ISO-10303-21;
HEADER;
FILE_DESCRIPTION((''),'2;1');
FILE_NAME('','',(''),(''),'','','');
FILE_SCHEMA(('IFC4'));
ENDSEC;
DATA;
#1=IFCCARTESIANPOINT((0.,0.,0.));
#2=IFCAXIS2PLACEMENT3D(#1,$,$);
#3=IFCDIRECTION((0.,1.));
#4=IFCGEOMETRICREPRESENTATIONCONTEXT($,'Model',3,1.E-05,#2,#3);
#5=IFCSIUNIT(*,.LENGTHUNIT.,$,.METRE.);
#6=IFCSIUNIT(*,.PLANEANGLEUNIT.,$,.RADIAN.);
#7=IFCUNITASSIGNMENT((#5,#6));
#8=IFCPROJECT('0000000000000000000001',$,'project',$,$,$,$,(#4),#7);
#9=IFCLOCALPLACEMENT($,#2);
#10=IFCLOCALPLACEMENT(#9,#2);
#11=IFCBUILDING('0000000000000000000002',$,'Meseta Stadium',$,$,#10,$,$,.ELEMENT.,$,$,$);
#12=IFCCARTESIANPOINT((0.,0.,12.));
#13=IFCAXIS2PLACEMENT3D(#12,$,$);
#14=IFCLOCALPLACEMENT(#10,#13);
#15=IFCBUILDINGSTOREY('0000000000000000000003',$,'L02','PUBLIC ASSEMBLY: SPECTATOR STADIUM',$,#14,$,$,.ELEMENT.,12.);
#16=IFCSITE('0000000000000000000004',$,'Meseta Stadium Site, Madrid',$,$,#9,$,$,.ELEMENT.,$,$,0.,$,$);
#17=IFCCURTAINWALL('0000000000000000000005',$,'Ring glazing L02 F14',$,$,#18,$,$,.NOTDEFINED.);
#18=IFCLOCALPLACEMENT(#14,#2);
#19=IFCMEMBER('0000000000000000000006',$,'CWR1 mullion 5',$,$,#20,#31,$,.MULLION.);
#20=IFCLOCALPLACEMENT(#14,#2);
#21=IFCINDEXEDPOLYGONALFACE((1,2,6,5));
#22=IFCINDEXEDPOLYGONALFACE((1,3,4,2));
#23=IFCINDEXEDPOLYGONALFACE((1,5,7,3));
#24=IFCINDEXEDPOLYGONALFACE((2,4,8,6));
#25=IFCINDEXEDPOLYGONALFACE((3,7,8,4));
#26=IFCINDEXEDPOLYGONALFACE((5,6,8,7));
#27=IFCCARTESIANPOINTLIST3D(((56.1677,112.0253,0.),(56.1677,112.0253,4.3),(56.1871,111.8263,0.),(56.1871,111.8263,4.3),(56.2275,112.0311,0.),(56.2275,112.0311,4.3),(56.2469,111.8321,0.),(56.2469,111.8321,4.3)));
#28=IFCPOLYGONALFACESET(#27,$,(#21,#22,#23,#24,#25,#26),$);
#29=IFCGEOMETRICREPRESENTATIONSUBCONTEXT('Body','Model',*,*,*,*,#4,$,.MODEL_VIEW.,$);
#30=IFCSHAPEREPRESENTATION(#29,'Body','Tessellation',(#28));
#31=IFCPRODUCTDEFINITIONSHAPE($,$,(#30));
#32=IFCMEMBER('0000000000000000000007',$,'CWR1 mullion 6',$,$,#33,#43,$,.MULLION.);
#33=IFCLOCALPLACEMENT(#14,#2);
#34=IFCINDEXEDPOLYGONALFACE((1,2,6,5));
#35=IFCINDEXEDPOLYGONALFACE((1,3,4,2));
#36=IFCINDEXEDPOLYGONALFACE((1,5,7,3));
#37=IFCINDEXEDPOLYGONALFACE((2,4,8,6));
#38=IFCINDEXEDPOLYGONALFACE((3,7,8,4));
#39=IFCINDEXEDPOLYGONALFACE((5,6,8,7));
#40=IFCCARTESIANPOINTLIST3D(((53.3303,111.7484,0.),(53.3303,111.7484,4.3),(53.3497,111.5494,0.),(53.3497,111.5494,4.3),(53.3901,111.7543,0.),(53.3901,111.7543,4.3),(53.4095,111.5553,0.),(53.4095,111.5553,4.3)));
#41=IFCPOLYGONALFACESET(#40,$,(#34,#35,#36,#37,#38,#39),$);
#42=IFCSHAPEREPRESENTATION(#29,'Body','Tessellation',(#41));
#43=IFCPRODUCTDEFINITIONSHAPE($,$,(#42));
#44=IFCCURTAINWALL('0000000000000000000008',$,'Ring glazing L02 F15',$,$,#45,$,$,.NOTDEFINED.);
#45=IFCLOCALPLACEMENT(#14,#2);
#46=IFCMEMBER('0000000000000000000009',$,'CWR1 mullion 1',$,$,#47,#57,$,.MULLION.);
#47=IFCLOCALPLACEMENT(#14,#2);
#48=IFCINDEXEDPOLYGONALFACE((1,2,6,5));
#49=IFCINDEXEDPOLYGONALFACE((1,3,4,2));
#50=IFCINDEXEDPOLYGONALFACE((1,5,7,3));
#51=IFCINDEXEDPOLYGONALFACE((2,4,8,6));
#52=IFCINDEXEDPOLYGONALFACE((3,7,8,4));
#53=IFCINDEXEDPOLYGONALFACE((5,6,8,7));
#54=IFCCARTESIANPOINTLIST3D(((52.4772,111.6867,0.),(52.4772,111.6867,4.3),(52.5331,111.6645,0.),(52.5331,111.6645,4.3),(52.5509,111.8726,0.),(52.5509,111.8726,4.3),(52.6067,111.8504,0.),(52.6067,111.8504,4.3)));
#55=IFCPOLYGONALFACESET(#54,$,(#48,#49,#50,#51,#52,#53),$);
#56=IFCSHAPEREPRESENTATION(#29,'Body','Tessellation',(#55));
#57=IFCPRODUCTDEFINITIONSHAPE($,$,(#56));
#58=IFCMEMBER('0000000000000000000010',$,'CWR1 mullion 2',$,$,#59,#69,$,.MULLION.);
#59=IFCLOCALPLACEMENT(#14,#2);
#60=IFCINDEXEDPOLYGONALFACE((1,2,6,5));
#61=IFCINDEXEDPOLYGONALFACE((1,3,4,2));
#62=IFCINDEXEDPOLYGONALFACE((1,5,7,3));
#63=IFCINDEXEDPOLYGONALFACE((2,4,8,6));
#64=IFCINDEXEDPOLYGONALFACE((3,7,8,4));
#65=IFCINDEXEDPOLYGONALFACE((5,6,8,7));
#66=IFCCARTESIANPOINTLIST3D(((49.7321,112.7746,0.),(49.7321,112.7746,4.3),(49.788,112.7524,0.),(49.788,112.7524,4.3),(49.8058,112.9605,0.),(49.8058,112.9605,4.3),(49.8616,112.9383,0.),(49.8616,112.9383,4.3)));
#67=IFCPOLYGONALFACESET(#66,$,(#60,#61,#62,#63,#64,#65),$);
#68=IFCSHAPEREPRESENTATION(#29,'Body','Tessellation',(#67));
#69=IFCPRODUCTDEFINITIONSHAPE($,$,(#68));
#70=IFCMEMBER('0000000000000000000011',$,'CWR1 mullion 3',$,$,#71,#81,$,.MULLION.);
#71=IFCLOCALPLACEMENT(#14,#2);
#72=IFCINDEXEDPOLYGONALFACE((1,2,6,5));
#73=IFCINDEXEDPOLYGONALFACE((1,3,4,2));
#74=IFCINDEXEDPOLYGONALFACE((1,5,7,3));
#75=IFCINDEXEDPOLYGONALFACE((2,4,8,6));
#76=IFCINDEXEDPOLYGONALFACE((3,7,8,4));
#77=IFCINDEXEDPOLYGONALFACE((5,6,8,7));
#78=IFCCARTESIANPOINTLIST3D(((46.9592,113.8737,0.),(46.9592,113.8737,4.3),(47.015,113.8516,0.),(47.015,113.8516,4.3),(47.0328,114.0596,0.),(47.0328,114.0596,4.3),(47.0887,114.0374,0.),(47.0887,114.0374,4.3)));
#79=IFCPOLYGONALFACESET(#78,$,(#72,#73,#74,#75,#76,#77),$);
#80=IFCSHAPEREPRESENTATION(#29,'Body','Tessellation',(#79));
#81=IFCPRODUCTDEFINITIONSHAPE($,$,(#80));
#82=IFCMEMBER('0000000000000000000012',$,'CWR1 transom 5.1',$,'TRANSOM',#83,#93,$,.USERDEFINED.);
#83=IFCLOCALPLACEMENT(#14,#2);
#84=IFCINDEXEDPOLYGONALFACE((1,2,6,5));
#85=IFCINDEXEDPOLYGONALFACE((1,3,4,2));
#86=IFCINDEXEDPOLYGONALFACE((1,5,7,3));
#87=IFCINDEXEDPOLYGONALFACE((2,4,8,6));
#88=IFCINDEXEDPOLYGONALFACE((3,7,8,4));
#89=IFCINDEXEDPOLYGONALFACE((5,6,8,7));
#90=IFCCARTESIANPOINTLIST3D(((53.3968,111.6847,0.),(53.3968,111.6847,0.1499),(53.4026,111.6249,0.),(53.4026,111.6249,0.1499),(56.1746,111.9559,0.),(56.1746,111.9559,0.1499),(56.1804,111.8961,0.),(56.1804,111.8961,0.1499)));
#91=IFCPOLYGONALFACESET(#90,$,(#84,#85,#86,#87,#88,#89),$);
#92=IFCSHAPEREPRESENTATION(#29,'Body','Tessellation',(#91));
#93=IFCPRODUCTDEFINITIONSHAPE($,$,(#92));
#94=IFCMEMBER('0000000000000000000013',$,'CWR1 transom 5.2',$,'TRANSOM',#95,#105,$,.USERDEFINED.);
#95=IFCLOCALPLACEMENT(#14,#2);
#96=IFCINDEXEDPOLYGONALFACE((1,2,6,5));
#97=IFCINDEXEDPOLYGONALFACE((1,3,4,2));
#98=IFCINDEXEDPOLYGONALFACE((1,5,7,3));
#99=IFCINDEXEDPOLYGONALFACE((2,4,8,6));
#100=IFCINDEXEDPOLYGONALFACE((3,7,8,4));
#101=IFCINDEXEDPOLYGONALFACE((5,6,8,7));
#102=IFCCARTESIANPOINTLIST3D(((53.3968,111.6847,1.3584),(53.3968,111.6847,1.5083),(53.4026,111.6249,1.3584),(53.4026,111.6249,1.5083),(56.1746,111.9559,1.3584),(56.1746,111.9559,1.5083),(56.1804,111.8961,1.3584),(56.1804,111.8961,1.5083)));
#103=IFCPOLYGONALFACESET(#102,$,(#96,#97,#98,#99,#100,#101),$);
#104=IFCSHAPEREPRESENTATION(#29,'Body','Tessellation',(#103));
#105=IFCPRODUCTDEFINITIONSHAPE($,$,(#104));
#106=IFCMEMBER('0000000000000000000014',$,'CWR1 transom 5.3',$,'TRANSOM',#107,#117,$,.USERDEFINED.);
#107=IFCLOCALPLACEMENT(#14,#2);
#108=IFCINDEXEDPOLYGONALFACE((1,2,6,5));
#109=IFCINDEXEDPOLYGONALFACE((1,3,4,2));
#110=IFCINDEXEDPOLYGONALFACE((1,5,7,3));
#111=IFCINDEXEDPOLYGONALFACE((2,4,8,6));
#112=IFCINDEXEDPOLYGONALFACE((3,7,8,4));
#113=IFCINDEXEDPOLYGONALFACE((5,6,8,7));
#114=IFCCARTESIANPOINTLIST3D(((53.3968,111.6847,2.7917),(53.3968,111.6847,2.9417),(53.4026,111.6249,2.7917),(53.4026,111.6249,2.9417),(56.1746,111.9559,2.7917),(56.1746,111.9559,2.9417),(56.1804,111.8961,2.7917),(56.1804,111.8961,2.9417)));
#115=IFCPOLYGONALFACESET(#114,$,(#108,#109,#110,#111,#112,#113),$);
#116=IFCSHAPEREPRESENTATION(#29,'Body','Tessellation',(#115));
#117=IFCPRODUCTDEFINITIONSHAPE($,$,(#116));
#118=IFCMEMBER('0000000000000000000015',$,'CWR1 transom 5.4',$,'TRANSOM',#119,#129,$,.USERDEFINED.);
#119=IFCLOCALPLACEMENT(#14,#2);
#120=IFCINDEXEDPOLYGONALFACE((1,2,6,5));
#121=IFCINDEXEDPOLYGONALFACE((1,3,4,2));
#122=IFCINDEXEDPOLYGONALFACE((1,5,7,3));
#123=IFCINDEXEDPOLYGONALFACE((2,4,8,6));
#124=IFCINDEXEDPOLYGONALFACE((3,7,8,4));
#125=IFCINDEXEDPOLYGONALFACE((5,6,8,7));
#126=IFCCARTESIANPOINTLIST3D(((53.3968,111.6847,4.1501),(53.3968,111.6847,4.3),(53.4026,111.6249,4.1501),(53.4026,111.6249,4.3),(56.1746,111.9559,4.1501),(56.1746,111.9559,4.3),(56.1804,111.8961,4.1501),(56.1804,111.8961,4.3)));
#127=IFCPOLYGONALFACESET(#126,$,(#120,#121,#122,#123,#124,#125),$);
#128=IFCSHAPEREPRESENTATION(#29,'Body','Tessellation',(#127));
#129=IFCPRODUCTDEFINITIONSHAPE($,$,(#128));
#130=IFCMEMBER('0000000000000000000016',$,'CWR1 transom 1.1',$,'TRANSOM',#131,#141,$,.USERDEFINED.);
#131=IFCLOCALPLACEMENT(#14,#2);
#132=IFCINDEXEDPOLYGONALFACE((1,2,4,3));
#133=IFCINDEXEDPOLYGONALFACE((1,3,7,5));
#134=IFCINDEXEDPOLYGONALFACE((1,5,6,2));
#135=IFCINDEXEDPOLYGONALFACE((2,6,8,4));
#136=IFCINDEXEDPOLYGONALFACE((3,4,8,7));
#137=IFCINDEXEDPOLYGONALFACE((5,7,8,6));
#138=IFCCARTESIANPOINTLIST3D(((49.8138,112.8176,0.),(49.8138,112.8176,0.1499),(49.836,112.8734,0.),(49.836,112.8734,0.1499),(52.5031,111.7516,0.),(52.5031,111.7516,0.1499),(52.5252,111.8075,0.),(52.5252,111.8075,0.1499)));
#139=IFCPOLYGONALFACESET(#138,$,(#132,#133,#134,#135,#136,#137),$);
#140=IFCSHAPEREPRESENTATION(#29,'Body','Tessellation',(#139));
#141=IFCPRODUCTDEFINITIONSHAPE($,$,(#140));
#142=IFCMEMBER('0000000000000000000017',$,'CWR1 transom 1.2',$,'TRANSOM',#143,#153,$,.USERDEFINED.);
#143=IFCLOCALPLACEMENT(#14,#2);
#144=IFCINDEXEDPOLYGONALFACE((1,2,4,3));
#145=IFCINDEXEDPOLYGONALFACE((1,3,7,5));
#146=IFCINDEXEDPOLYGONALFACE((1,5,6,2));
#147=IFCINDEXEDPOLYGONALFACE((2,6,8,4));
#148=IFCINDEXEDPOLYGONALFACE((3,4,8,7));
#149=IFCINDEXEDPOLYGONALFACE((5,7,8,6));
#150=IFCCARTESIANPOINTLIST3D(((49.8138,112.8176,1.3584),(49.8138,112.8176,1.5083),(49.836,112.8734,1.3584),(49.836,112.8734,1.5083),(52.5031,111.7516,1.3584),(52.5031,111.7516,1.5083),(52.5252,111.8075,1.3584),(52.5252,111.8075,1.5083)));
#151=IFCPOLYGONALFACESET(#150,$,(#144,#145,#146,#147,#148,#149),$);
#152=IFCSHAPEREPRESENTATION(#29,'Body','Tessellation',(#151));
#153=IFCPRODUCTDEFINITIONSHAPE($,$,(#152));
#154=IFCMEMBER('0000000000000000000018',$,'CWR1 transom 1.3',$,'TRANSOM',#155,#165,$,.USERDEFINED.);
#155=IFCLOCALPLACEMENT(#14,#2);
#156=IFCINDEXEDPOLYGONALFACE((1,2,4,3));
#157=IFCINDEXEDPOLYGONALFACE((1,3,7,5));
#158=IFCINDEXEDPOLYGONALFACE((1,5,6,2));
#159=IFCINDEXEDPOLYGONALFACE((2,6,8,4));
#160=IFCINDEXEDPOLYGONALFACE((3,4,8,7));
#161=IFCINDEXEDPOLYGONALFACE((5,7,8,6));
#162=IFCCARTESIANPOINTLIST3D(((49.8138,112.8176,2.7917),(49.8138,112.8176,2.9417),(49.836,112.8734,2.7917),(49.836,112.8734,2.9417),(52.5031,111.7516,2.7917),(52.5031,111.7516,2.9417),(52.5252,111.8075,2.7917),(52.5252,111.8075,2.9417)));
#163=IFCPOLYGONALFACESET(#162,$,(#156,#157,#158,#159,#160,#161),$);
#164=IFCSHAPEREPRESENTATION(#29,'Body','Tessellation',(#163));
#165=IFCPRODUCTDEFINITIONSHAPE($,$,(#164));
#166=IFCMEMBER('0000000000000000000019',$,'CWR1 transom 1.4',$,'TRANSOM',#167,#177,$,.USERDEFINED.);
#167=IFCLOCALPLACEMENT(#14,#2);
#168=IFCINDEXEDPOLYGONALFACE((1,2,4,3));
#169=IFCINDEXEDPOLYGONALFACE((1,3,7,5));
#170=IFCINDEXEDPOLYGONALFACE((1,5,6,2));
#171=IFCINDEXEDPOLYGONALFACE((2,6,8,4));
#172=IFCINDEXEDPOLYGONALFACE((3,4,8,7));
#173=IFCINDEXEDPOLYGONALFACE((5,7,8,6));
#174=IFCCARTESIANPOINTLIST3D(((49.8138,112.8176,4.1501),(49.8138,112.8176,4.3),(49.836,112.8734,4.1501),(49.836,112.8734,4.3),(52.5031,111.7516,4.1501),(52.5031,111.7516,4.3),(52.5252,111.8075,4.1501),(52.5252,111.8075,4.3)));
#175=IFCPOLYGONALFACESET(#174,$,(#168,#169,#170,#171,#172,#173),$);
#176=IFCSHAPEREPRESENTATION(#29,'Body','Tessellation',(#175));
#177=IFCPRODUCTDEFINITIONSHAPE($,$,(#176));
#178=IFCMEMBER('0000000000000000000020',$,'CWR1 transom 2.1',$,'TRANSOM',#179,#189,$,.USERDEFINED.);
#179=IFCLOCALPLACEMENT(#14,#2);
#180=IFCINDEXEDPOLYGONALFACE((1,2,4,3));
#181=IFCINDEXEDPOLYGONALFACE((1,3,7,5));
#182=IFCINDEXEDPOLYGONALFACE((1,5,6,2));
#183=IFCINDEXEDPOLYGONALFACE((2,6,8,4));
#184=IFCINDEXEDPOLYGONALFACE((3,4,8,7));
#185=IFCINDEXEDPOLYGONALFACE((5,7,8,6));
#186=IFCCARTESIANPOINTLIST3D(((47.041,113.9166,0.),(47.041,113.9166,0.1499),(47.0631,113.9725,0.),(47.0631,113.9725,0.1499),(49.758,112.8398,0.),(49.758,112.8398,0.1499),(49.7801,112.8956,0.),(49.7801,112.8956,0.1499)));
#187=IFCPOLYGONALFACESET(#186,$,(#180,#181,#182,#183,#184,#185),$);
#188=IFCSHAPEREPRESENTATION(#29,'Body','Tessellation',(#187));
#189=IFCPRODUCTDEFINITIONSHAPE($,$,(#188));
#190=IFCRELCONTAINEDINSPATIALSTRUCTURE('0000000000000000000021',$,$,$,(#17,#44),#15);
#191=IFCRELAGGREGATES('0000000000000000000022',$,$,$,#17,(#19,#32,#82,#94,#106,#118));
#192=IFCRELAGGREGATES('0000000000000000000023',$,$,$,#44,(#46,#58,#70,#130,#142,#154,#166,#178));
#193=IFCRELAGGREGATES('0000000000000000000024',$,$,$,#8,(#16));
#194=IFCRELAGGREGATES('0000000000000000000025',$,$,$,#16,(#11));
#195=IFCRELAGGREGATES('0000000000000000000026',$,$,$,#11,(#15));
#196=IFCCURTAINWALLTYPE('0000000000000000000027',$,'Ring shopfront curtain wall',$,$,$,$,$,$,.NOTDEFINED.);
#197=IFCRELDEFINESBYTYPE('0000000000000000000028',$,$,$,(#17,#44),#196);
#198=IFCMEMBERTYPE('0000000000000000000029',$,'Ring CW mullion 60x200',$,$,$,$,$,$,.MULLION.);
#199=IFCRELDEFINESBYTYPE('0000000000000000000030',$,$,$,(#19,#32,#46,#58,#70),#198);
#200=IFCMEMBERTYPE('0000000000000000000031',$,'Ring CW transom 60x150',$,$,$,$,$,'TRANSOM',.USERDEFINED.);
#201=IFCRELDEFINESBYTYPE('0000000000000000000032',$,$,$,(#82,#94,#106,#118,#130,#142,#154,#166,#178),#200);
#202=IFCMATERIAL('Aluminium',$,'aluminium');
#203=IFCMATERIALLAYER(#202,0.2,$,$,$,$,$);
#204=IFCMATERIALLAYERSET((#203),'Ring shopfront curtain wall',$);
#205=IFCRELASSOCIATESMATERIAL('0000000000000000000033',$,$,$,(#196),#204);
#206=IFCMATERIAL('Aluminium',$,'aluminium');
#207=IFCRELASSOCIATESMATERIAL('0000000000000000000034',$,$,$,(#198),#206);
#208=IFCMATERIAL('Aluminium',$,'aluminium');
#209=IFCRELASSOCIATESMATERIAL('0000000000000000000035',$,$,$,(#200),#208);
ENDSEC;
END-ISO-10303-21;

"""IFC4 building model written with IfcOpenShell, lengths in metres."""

from ifc_helpers import new_model, si_unit, direction, frame, origin, origin_2d, place, context, subcontext, project, spatial, rectangle, extrude, material, layer, layer_set, material_profile, profile_set, type_object, element, aggregate, save


model = new_model("IFC4")

# Units and contexts
model_context = context("Model", 3, precision=1e-05, world=origin(), true_north=direction((0.0, 1.0)))
body_context = subcontext(model_context, "Body", "Model", "MODEL_VIEW")
ifc_project = project(units=[si_unit("LENGTHUNIT", "METRE"), si_unit("PLANEANGLEUNIT", "RADIAN")], contexts=[model_context])

# Site, building, storey
site_placement = place(None, origin())
site = spatial("IfcSite", under=ifc_project, at=site_placement, Name="Meseta Stadium Site, Madrid", CompositionType="ELEMENT", RefElevation=0.0)
building_placement = place(site_placement, origin())
building = spatial("IfcBuilding", under=site, at=building_placement, Name="Meseta Stadium", CompositionType="ELEMENT")
storey_placement = place(building_placement, frame((0.0, 0.0, 12.0)))
storey = spatial("IfcBuildingStorey", under=building, at=storey_placement, Name="L02", Description="PUBLIC ASSEMBLY: SPECTATOR STADIUM", CompositionType="ELEMENT", Elevation=12.0)

# Curtain walls, members
ifc_material_1 = material(Name="Aluminium", Category="aluminium")
ifc_layer_1 = layer(ifc_material_1, 0.2)
ifc_layer_set_1 = layer_set([ifc_layer_1], Name="Ring shopfront curtain wall")
curtain_wall_type = type_object("IfcCurtainWallType", Name="Ring shopfront curtain wall", PredefinedType="NOTDEFINED", material=ifc_layer_set_1)
curtain_wall_1_placement = place(storey_placement, origin())
curtain_wall_1 = element("IfcCurtainWall", 1, at=curtain_wall_1_placement, inside=storey, type_object=curtain_wall_type, Name="Ring glazing L02 F14", PredefinedType="NOTDEFINED")
ifc_material_2 = material(Name="Aluminium", Category="aluminium")
ifc_material_profile_1 = material_profile(ifc_material_2, rectangle(XDim=0.2, YDim=0.0601, at=origin_2d()), Name="CW 200x60")
ifc_profile_set_1 = profile_set([ifc_material_profile_1], Name="Aluminium")
member_type_1 = type_object("IfcMemberType", Name="Ring CW mullion 60x200", PredefinedType="MULLION", material=ifc_profile_set_1)
member_1_placement = place(storey_placement, frame((56.2073, 111.9287, 0.0), z_axis=(0.0, 0.0, 1.0), x_axis=(0.097125, -0.995272, 0.0)))
member_1 = element("IfcMember", 2, at=member_1_placement, type_object=member_type_1, Name="CWR1 mullion 5", PredefinedType="MULLION", context=body_context, shape_type="SweptSolid", body=[
    extrude(rectangle(XDim=0.2, YDim=0.0601, at=origin_2d()), origin(), (0.0, 0.0, 1.0), 4.3),
])
member_2_placement = place(storey_placement, frame((53.3699, 111.6519, 0.0), z_axis=(0.0, 0.0, 1.0), x_axis=(0.097125, -0.995272, 0.0)))
member_2 = element("IfcMember", 3, at=member_2_placement, type_object=member_type_1, Name="CWR1 mullion 6", PredefinedType="MULLION", context=body_context, shape_type="SweptSolid", body=[
    extrude(rectangle(XDim=0.2, YDim=0.0601, at=origin_2d()), origin(), (0.0, 0.0, 1.0), 4.3),
])
curtain_wall_2_placement = place(storey_placement, origin())
curtain_wall_2 = element("IfcCurtainWall", 4, at=curtain_wall_2_placement, inside=storey, type_object=curtain_wall_type, Name="Ring glazing L02 F15", PredefinedType="NOTDEFINED")
member_3_placement = place(storey_placement, frame((52.542, 111.7686, 0.0), z_axis=(0.0, 0.0, 1.0), x_axis=(-0.368454, -0.929646, 0.0)))
member_3 = element("IfcMember", 5, at=member_3_placement, type_object=member_type_1, Name="CWR1 mullion 1", PredefinedType="MULLION", context=body_context, shape_type="SweptSolid", body=[
    extrude(rectangle(XDim=0.2, YDim=0.0601, at=origin_2d()), origin(), (0.0, 0.0, 1.0), 4.3),
])
member_4_placement = place(storey_placement, frame((49.7969, 112.8564, 0.0), z_axis=(0.0, 0.0, 1.0), x_axis=(-0.368454, -0.929646, 0.0)))
member_4 = element("IfcMember", 6, at=member_4_placement, type_object=member_type_1, Name="CWR1 mullion 2", PredefinedType="MULLION", context=body_context, shape_type="SweptSolid", body=[
    extrude(rectangle(XDim=0.2, YDim=0.0601, at=origin_2d()), origin(), (0.0, 0.0, 1.0), 4.3),
])
member_5_placement = place(storey_placement, frame((47.0239, 113.9556, 0.0), z_axis=(0.0, 0.0, 1.0), x_axis=(-0.368454, -0.929646, 0.0)))
member_5 = element("IfcMember", 7, at=member_5_placement, type_object=member_type_1, Name="CWR1 mullion 3", PredefinedType="MULLION", context=body_context, shape_type="SweptSolid", body=[
    extrude(rectangle(XDim=0.2, YDim=0.0601, at=origin_2d()), origin(), (0.0, 0.0, 1.0), 4.3),
])

# Members
ifc_material_3 = material(Name="Aluminium", Category="aluminium")
ifc_material_profile_2 = material_profile(ifc_material_3, rectangle(XDim=0.0601, YDim=0.1499, at=origin_2d()), Name="CW 60x150")
ifc_profile_set_2 = profile_set([ifc_material_profile_2], Name="Aluminium")
member_type_2 = type_object("IfcMemberType", Name="Ring CW transom 60x150", ElementType="TRANSOM", PredefinedType="USERDEFINED", material=ifc_profile_set_2)
member_6_placement = place(storey_placement, frame((56.1775, 111.926, 0.075), z_axis=(-0.995267, -0.097182, 0.0), x_axis=(0.097182, -0.995267, 0.0)))
member_6 = element("IfcMember", 8, at=member_6_placement, type_object=member_type_2, Name="CWR1 transom 5.1", ObjectType="TRANSOM", PredefinedType="USERDEFINED", context=body_context, shape_type="SweptSolid", body=[
    extrude(rectangle(XDim=0.0601, YDim=0.1499, at=origin_2d()), origin(), (0.0, 0.0, 1.0), 2.791),
])
member_7_placement = place(storey_placement, frame((56.1775, 111.926, 1.4333), z_axis=(-0.995267, -0.097182, 0.0), x_axis=(0.097182, -0.995267, 0.0)))
member_7 = element("IfcMember", 9, at=member_7_placement, type_object=member_type_2, Name="CWR1 transom 5.2", ObjectType="TRANSOM", PredefinedType="USERDEFINED", context=body_context, shape_type="SweptSolid", body=[
    extrude(rectangle(XDim=0.0601, YDim=0.1499, at=origin_2d()), origin(), (0.0, 0.0, 1.0), 2.791),
])
member_8_placement = place(storey_placement, frame((56.1775, 111.926, 2.8667), z_axis=(-0.995267, -0.097182, 0.0), x_axis=(0.097182, -0.995267, 0.0)))
member_8 = element("IfcMember", 10, at=member_8_placement, type_object=member_type_2, Name="CWR1 transom 5.3", ObjectType="TRANSOM", PredefinedType="USERDEFINED", context=body_context, shape_type="SweptSolid", body=[
    extrude(rectangle(XDim=0.0601, YDim=0.1499, at=origin_2d()), origin(), (0.0, 0.0, 1.0), 2.791),
])
member_9_placement = place(storey_placement, frame((56.1775, 111.926, 4.2251), z_axis=(-0.995267, -0.097182, 0.0), x_axis=(0.097182, -0.995267, 0.0)))
member_9 = element("IfcMember", 11, at=member_9_placement, type_object=member_type_2, Name="CWR1 transom 5.4", ObjectType="TRANSOM", PredefinedType="USERDEFINED", context=body_context, shape_type="SweptSolid", body=[
    extrude(rectangle(XDim=0.0601, YDim=0.1499, at=origin_2d()), origin(), (0.0, 0.0, 1.0), 2.791),
])
member_10_placement = place(storey_placement, frame((52.5142, 111.7795, 0.075), z_axis=(-0.929636, 0.368479, 0.0), x_axis=(-0.368479, -0.929636, 0.0)))
member_10 = element("IfcMember", 12, at=member_10_placement, type_object=member_type_2, Name="CWR1 transom 1.1", ObjectType="TRANSOM", PredefinedType="USERDEFINED", context=body_context, shape_type="SweptSolid", body=[
    extrude(rectangle(XDim=0.0601, YDim=0.1499, at=origin_2d()), origin(), (0.0, 0.0, 1.0), 2.8928),
])
member_11_placement = place(storey_placement, frame((52.5142, 111.7795, 1.4333), z_axis=(-0.929636, 0.368479, 0.0), x_axis=(-0.368479, -0.929636, 0.0)))
member_11 = element("IfcMember", 13, at=member_11_placement, type_object=member_type_2, Name="CWR1 transom 1.2", ObjectType="TRANSOM", PredefinedType="USERDEFINED", context=body_context, shape_type="SweptSolid", body=[
    extrude(rectangle(XDim=0.0601, YDim=0.1499, at=origin_2d()), origin(), (0.0, 0.0, 1.0), 2.8928),
])
member_12_placement = place(storey_placement, frame((52.5142, 111.7795, 2.8667), z_axis=(-0.929636, 0.368479, 0.0), x_axis=(-0.368479, -0.929636, 0.0)))
member_12 = element("IfcMember", 14, at=member_12_placement, type_object=member_type_2, Name="CWR1 transom 1.3", ObjectType="TRANSOM", PredefinedType="USERDEFINED", context=body_context, shape_type="SweptSolid", body=[
    extrude(rectangle(XDim=0.0601, YDim=0.1499, at=origin_2d()), origin(), (0.0, 0.0, 1.0), 2.8928),
])
member_13_placement = place(storey_placement, frame((52.5142, 111.7795, 4.2251), z_axis=(-0.929636, 0.368479, 0.0), x_axis=(-0.368479, -0.929636, 0.0)))
member_13 = element("IfcMember", 15, at=member_13_placement, type_object=member_type_2, Name="CWR1 transom 1.4", ObjectType="TRANSOM", PredefinedType="USERDEFINED", context=body_context, shape_type="SweptSolid", body=[
    extrude(rectangle(XDim=0.0601, YDim=0.1499, at=origin_2d()), origin(), (0.0, 0.0, 1.0), 2.8928),
])
member_14_placement = place(storey_placement, frame((49.769, 112.8677, 0.075), z_axis=(-0.929642, 0.368465, 0.0), x_axis=(-0.368465, -0.929642, 0.0)))
member_14 = element("IfcMember", 16, at=member_14_placement, type_object=member_type_2, Name="CWR1 transom 2.1", ObjectType="TRANSOM", PredefinedType="USERDEFINED", context=body_context, shape_type="SweptSolid", body=[
    extrude(rectangle(XDim=0.0601, YDim=0.1499, at=origin_2d()), origin(), (0.0, 0.0, 1.0), 2.9226),
])

aggregate(curtain_wall_1, [member_1, member_2, member_6, member_7, member_8, member_9])
aggregate(curtain_wall_2, [member_3, member_4, member_5, member_10, member_11, member_12, member_13, member_14])

save(model, "model.ifc")
